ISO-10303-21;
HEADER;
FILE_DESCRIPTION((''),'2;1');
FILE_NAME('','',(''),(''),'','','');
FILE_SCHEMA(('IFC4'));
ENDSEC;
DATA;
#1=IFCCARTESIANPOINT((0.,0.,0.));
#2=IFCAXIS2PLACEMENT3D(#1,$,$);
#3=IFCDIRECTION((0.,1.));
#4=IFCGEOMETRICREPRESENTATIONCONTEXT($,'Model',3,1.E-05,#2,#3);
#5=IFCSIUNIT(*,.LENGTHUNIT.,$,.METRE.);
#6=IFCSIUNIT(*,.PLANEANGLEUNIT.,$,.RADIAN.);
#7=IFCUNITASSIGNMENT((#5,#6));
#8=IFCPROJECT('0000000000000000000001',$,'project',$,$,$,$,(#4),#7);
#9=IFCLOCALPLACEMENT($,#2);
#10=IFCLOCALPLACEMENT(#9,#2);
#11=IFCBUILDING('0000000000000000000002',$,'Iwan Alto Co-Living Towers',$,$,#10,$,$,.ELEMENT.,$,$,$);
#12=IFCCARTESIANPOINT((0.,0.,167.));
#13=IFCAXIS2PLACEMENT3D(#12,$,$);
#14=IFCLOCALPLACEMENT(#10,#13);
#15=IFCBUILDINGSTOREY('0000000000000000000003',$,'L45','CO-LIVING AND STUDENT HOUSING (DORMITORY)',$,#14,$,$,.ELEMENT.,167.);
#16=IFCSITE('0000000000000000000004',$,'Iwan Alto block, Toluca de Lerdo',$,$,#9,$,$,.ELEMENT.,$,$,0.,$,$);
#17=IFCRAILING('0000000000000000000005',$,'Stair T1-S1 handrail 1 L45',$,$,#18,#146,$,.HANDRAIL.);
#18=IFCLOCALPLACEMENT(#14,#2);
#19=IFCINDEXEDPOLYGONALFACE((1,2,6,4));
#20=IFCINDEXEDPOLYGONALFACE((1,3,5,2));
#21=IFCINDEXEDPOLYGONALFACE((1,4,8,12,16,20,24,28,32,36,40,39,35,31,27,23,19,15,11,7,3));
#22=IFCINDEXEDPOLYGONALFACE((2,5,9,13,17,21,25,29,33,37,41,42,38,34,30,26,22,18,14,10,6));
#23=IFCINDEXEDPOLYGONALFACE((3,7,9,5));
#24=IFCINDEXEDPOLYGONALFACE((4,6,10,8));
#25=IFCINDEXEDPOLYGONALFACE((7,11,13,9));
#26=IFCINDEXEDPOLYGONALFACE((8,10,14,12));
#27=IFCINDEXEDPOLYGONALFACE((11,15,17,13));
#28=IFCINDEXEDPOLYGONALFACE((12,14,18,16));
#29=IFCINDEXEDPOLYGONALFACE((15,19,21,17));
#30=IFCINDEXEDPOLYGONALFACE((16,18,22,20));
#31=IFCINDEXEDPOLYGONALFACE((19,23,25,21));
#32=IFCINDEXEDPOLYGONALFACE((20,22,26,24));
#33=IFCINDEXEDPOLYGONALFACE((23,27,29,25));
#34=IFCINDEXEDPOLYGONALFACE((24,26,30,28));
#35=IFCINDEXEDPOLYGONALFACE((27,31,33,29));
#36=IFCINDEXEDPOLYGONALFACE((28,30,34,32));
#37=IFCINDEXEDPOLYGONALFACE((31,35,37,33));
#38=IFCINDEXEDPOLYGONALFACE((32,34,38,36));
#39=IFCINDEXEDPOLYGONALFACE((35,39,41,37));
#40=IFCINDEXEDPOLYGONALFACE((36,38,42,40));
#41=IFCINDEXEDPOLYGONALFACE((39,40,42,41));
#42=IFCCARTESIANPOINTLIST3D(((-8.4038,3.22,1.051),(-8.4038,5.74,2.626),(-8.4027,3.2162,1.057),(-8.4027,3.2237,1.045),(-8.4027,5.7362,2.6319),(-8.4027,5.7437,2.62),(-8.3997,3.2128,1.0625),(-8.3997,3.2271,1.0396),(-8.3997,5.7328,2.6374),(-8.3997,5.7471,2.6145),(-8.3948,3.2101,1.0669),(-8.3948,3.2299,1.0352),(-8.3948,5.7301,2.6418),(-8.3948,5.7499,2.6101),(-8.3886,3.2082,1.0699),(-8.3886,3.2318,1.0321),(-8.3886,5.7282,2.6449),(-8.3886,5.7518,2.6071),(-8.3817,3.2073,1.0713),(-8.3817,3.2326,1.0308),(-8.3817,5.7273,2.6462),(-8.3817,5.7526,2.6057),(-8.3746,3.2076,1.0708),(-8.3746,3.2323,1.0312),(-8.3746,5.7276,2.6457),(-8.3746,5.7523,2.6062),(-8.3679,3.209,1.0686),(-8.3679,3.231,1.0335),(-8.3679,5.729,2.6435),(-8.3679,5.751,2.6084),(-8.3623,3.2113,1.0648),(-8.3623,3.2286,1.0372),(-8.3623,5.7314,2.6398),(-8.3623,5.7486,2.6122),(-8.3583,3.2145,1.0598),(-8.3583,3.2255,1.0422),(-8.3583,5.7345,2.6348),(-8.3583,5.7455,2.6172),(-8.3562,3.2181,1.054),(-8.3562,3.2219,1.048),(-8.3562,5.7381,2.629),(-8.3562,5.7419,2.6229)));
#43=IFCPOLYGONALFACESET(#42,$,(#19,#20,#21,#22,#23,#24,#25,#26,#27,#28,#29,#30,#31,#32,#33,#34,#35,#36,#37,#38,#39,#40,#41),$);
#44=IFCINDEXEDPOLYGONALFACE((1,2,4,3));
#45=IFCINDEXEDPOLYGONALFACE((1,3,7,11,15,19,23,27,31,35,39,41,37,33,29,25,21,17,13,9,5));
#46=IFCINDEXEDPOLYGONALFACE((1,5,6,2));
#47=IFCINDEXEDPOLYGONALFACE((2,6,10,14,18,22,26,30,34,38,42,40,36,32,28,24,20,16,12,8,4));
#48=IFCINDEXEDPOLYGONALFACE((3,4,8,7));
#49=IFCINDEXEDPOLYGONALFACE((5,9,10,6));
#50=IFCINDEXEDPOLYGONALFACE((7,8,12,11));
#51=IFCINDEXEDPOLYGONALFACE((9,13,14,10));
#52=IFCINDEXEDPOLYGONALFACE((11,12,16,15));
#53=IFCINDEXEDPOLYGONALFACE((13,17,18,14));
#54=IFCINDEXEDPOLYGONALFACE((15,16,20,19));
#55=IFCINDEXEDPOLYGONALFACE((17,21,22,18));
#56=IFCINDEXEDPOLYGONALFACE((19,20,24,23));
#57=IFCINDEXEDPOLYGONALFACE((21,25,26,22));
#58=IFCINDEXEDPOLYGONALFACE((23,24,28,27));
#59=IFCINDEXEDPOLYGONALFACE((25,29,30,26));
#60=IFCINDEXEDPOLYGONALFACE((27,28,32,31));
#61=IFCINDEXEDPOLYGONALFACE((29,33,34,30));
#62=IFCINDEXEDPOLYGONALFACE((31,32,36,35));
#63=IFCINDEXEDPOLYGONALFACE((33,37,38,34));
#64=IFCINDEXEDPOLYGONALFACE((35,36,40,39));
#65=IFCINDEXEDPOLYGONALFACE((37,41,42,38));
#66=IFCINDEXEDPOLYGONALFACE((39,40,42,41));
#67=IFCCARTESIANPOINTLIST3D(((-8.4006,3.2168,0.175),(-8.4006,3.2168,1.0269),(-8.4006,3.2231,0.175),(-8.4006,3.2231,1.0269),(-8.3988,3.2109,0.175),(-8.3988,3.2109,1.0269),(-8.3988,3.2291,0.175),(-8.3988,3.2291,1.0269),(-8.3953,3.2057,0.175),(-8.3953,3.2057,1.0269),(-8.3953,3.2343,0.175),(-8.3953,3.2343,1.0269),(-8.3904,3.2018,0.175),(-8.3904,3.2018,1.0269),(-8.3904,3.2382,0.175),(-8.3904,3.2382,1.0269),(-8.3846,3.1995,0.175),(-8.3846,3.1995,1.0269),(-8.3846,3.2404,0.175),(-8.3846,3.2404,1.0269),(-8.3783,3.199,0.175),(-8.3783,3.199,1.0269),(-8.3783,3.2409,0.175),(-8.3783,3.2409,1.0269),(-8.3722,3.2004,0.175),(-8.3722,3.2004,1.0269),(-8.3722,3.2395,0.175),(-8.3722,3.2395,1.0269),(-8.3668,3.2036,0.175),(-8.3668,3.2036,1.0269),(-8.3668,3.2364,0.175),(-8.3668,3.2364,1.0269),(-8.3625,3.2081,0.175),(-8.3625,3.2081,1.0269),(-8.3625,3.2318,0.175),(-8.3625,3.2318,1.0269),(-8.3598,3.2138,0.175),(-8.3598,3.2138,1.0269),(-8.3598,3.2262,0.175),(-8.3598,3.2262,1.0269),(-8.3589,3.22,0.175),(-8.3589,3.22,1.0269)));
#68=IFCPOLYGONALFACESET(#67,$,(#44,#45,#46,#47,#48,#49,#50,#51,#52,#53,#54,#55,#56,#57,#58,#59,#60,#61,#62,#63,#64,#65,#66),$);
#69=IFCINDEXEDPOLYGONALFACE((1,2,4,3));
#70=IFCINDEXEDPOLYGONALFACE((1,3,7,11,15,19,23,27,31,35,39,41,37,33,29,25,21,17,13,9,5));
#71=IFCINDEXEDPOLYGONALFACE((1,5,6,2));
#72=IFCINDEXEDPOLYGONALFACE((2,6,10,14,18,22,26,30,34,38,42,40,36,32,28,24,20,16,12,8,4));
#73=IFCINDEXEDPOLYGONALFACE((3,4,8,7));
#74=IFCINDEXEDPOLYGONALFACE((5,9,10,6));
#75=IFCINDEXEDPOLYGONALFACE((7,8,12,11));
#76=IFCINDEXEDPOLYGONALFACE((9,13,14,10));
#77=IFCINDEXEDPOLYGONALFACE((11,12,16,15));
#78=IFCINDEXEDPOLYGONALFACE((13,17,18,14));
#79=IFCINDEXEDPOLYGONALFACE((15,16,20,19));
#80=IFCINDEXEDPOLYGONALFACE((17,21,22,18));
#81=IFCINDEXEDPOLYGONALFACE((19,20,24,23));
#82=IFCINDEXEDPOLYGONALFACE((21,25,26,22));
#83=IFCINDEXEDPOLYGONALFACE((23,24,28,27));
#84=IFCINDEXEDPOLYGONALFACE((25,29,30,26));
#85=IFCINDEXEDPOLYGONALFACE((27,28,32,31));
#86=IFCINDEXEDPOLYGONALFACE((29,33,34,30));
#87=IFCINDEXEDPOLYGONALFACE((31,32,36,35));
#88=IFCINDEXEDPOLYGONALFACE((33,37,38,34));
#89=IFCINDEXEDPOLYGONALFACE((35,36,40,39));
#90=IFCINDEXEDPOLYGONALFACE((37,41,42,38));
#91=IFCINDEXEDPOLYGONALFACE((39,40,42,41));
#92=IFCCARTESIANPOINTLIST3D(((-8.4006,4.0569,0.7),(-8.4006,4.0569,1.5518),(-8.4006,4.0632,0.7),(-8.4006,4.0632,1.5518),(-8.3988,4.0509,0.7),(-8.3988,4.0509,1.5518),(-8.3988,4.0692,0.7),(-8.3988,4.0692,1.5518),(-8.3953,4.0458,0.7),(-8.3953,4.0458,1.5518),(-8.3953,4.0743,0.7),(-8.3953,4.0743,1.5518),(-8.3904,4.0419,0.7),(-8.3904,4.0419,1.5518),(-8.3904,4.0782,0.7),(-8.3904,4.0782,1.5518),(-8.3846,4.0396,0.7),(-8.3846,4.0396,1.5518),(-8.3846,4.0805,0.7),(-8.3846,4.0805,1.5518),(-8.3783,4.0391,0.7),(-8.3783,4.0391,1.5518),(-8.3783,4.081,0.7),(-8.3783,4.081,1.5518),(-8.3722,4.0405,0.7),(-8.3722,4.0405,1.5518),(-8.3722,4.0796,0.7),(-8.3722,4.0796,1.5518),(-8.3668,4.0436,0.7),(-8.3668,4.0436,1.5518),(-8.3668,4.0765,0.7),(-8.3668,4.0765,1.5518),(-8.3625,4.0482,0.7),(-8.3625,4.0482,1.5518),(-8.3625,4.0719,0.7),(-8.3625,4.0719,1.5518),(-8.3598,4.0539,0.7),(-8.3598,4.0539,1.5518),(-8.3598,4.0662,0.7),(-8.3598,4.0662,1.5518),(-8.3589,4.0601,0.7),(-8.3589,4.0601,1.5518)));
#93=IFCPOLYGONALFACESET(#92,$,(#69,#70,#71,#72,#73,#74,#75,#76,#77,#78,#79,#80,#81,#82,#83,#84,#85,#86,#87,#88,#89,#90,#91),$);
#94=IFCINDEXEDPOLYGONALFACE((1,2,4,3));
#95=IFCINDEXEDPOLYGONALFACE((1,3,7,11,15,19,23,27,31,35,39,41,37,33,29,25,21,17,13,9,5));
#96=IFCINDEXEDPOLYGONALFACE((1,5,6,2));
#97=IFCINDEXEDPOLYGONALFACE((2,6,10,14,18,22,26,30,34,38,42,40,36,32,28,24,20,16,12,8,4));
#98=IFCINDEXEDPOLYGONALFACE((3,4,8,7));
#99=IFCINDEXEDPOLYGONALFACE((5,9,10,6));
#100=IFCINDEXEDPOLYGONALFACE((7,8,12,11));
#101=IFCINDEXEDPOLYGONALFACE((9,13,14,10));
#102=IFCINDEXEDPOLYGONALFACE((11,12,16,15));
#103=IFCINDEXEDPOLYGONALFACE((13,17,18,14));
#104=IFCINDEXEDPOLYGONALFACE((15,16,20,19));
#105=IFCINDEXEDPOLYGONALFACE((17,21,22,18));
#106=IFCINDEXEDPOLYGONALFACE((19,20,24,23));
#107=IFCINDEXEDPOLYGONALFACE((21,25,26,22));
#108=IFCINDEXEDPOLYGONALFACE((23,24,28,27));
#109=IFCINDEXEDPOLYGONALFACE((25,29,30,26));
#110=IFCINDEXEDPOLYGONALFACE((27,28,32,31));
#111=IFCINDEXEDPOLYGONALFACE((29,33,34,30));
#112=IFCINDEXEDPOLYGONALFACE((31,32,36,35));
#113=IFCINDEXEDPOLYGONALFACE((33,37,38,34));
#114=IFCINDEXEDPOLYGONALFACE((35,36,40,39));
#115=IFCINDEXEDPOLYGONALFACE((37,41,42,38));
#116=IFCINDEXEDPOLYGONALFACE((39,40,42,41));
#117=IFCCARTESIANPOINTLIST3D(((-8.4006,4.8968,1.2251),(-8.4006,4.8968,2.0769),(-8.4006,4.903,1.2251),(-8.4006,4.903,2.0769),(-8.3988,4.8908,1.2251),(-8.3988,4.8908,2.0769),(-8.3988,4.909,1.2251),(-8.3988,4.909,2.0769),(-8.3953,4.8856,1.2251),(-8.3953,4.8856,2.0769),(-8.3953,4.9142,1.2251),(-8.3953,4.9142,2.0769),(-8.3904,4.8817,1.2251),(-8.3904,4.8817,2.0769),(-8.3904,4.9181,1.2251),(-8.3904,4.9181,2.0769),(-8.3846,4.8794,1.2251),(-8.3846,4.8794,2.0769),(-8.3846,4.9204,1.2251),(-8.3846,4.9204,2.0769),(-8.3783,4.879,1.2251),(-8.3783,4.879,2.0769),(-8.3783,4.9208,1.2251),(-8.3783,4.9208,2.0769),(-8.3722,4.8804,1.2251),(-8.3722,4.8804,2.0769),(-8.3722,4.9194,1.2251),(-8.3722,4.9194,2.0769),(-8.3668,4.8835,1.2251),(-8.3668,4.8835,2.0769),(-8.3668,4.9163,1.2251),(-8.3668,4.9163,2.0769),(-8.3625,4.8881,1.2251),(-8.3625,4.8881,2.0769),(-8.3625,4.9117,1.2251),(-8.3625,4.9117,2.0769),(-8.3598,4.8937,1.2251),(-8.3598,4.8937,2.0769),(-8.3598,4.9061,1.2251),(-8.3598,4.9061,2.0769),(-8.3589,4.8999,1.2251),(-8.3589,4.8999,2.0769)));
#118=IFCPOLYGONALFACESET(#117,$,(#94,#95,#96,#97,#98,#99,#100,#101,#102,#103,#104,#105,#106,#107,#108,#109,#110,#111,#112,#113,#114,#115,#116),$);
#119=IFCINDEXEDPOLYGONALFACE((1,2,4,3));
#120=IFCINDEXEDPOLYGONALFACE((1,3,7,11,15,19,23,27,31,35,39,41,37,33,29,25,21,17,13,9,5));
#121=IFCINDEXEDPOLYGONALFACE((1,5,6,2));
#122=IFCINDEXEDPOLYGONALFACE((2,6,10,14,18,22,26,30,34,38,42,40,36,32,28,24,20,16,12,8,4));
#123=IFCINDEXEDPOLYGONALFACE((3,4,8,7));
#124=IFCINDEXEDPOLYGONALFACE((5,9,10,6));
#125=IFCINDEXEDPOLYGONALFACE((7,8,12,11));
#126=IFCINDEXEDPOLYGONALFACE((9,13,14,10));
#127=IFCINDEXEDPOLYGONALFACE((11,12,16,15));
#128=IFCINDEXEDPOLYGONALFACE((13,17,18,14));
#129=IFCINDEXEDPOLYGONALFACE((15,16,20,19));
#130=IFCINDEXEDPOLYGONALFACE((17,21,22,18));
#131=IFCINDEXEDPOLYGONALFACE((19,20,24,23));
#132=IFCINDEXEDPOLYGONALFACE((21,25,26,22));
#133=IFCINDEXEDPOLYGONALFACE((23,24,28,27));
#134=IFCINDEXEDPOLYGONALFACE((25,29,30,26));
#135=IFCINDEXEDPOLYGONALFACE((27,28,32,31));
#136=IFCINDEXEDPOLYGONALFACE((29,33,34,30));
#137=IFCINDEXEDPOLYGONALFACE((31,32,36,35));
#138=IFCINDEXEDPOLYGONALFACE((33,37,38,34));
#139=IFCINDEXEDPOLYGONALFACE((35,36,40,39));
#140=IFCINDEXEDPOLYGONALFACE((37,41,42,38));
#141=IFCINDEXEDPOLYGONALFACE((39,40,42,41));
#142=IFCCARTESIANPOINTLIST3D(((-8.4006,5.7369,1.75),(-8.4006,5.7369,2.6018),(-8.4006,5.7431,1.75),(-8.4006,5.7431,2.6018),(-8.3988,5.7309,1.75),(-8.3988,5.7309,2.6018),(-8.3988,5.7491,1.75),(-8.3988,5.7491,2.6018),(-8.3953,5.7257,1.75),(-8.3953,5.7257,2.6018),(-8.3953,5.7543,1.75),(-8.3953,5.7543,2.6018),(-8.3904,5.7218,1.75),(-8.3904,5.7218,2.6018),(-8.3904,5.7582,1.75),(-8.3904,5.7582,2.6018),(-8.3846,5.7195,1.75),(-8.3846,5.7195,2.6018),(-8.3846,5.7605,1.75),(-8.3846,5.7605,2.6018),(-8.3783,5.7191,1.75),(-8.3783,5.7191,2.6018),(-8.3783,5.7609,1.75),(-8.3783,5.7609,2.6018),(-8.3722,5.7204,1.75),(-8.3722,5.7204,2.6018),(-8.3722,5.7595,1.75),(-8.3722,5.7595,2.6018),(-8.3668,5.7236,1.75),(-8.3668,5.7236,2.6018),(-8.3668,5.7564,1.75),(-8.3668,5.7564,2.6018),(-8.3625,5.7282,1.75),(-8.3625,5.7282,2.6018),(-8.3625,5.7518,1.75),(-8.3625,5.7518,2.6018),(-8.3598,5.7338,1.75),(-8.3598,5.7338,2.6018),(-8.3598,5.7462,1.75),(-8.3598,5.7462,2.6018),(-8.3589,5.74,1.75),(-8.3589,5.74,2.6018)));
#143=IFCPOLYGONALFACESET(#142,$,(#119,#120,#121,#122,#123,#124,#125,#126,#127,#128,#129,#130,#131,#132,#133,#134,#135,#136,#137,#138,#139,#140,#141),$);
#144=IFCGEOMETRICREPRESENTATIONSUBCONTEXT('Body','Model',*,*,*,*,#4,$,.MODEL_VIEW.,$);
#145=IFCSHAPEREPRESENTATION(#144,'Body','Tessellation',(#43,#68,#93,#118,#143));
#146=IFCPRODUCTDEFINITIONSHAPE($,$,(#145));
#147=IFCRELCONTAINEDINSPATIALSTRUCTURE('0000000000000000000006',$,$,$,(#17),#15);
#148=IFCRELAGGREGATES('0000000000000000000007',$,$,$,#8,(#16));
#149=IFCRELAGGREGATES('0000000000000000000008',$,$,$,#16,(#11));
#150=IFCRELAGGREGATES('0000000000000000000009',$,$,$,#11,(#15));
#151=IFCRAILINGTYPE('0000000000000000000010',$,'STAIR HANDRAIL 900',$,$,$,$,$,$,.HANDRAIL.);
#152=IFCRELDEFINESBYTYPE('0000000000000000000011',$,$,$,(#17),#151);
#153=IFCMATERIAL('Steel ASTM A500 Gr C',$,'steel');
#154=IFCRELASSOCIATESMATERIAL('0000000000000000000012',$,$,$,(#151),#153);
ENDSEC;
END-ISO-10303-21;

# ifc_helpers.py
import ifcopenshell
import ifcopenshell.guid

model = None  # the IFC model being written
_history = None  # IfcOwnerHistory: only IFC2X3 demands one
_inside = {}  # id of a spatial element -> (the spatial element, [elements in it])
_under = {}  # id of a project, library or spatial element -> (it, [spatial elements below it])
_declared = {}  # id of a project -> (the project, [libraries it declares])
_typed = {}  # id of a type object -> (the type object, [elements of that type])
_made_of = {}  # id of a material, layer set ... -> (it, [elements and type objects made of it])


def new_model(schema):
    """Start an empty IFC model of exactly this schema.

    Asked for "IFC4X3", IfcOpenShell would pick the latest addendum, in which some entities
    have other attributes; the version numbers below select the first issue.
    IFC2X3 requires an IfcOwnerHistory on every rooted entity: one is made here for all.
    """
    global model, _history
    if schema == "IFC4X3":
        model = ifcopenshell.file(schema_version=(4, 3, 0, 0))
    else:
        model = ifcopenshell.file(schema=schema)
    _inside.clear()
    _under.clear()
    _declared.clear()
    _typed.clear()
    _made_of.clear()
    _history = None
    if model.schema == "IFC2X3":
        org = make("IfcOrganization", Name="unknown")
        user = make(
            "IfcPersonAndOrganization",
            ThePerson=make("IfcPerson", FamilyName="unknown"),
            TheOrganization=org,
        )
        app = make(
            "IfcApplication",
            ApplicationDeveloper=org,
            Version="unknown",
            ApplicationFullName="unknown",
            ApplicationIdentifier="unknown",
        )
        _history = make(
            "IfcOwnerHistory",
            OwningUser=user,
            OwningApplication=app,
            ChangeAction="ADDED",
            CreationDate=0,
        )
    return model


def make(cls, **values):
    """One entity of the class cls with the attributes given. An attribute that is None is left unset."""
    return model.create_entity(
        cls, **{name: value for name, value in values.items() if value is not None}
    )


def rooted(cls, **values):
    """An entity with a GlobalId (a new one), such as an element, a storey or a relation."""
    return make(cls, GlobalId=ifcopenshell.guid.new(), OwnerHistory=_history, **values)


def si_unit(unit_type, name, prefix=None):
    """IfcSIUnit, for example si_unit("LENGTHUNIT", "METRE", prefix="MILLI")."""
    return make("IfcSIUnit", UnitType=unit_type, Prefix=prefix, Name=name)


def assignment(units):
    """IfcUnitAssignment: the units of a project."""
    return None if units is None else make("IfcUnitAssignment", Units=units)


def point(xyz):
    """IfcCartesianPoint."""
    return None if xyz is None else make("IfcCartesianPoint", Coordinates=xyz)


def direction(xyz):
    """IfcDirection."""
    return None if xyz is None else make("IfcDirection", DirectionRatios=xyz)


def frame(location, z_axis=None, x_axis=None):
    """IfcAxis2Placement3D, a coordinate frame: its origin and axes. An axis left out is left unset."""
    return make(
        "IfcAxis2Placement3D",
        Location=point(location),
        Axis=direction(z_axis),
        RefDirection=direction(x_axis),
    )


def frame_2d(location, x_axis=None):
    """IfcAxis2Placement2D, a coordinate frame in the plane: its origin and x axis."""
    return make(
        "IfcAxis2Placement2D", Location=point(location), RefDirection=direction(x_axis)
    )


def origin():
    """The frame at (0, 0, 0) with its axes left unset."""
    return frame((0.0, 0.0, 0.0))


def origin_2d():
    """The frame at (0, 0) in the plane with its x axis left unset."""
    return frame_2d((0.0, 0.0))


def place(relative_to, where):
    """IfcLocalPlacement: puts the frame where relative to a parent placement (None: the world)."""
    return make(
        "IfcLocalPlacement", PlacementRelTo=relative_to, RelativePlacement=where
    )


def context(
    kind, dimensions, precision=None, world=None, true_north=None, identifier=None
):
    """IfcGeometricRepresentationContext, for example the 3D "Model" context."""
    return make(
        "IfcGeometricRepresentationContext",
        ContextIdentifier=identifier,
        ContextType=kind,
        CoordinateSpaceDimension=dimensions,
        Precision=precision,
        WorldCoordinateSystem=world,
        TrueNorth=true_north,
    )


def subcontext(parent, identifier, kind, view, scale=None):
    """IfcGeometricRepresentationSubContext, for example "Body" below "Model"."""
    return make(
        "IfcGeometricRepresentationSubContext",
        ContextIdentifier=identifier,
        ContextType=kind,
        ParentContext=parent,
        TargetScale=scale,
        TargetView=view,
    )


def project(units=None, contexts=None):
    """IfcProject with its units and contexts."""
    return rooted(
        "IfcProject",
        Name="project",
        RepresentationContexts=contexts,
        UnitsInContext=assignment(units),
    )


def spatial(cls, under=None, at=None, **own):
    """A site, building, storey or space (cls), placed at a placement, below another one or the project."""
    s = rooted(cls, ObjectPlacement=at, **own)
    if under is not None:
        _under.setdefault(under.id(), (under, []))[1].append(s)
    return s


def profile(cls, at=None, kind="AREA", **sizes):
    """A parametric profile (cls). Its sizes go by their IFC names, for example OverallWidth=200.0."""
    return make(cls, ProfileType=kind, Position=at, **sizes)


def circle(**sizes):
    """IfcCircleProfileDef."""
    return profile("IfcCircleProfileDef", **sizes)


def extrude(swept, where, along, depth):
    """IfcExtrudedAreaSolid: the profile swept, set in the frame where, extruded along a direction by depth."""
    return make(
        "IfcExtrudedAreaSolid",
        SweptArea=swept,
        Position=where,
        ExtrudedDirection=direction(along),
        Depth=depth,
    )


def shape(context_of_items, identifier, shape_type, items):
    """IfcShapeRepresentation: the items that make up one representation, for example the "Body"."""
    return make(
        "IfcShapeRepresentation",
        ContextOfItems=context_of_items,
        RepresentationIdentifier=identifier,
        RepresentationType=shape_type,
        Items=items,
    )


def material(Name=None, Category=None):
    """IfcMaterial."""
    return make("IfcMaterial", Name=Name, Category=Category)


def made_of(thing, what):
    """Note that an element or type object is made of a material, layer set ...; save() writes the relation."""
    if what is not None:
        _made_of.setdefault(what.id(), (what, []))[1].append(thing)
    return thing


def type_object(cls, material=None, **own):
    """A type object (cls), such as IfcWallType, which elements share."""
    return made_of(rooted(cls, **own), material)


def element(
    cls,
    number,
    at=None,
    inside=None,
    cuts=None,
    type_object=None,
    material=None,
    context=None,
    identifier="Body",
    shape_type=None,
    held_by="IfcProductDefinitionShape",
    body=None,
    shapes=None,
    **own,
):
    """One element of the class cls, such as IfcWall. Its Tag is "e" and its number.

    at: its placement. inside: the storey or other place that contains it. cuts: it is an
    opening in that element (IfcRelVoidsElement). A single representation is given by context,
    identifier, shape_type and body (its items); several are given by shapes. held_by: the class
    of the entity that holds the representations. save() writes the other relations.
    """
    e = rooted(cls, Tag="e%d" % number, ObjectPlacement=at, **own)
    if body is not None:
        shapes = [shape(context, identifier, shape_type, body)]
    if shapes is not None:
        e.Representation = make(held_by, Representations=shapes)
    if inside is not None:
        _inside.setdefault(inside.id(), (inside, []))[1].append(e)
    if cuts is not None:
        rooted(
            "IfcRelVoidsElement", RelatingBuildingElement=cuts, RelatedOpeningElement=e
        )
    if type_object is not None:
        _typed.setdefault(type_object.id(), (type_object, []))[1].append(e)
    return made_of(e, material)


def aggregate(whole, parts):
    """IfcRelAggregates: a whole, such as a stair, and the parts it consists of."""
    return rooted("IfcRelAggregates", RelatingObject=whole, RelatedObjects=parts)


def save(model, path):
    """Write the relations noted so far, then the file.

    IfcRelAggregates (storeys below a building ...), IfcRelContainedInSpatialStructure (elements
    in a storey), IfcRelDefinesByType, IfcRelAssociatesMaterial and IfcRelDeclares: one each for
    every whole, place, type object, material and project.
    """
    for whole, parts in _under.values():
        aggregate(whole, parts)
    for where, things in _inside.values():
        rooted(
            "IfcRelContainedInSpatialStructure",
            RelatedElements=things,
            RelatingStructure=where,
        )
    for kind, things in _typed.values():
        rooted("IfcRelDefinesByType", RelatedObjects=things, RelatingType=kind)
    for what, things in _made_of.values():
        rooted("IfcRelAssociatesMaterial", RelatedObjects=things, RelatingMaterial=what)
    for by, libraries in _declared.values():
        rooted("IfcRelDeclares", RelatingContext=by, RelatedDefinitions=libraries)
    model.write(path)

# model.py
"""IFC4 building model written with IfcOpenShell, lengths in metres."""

from ifc_helpers import new_model, si_unit, direction, frame, origin, origin_2d, place, context, subcontext, project, spatial, circle, extrude, material, type_object, element, save


model = new_model("IFC4")

# Units and contexts
model_context = context("Model", 3, precision=1e-05, world=origin(), true_north=direction((0.0, 1.0)))
body_context = subcontext(model_context, "Body", "Model", "MODEL_VIEW")
ifc_project = project(units=[si_unit("LENGTHUNIT", "METRE"), si_unit("PLANEANGLEUNIT", "RADIAN")], contexts=[model_context])

# Site, building, storey
site_placement = place(None, origin())
site = spatial("IfcSite", under=ifc_project, at=site_placement, Name="Iwan Alto block, Toluca de Lerdo", CompositionType="ELEMENT", RefElevation=0.0)
building_placement = place(site_placement, origin())
building = spatial("IfcBuilding", under=site, at=building_placement, Name="Iwan Alto Co-Living Towers", CompositionType="ELEMENT")
storey_placement = place(building_placement, frame((0.0, 0.0, 167.0)))
storey = spatial("IfcBuildingStorey", under=building, at=storey_placement, Name="L45", Description="CO-LIVING AND STUDENT HOUSING (DORMITORY)", CompositionType="ELEMENT", Elevation=167.0)

# Railing
ifc_material_1 = material(Name="Steel ASTM A500 Gr C", Category="steel")
railing_type_1 = type_object("IfcRailingType", Name="STAIR HANDRAIL 900", PredefinedType="HANDRAIL", material=ifc_material_1)
railing_1_placement = place(storey_placement, frame((-8.3799, 3.22, 0.175)))
element("IfcRailing", 1, at=railing_1_placement, inside=storey, type_object=railing_type_1, Name="Stair T1-S1 handrail 1 L45", PredefinedType="HANDRAIL", context=body_context, shape_type="SweptSolid", body=[
    extrude(circle(Radius=0.0239, at=origin_2d()), frame((0.0, 0.0, 0.876), z_axis=(0.0, 0.848008, 0.529984), x_axis=(-1.0, 0.0, 0.0)), (0.0, 0.0, 1.0), 2.9717),
    extrude(circle(Radius=0.021, at=origin_2d()), origin(), (0.0, 0.0, 1.0), 0.8518),
    extrude(circle(Radius=0.021, at=origin_2d()), frame((0.0, 0.8401, 0.5249)), (0.0, 0.0, 1.0), 0.8518),
    extrude(circle(Radius=0.021, at=origin_2d()), frame((0.0, 1.6799, 1.05)), (0.0, 0.0, 1.0), 0.8518),
    extrude(circle(Radius=0.021, at=origin_2d()), frame((0.0, 2.52, 1.575)), (0.0, 0.0, 1.0), 0.8518),
])

save(model, "model.ifc")
